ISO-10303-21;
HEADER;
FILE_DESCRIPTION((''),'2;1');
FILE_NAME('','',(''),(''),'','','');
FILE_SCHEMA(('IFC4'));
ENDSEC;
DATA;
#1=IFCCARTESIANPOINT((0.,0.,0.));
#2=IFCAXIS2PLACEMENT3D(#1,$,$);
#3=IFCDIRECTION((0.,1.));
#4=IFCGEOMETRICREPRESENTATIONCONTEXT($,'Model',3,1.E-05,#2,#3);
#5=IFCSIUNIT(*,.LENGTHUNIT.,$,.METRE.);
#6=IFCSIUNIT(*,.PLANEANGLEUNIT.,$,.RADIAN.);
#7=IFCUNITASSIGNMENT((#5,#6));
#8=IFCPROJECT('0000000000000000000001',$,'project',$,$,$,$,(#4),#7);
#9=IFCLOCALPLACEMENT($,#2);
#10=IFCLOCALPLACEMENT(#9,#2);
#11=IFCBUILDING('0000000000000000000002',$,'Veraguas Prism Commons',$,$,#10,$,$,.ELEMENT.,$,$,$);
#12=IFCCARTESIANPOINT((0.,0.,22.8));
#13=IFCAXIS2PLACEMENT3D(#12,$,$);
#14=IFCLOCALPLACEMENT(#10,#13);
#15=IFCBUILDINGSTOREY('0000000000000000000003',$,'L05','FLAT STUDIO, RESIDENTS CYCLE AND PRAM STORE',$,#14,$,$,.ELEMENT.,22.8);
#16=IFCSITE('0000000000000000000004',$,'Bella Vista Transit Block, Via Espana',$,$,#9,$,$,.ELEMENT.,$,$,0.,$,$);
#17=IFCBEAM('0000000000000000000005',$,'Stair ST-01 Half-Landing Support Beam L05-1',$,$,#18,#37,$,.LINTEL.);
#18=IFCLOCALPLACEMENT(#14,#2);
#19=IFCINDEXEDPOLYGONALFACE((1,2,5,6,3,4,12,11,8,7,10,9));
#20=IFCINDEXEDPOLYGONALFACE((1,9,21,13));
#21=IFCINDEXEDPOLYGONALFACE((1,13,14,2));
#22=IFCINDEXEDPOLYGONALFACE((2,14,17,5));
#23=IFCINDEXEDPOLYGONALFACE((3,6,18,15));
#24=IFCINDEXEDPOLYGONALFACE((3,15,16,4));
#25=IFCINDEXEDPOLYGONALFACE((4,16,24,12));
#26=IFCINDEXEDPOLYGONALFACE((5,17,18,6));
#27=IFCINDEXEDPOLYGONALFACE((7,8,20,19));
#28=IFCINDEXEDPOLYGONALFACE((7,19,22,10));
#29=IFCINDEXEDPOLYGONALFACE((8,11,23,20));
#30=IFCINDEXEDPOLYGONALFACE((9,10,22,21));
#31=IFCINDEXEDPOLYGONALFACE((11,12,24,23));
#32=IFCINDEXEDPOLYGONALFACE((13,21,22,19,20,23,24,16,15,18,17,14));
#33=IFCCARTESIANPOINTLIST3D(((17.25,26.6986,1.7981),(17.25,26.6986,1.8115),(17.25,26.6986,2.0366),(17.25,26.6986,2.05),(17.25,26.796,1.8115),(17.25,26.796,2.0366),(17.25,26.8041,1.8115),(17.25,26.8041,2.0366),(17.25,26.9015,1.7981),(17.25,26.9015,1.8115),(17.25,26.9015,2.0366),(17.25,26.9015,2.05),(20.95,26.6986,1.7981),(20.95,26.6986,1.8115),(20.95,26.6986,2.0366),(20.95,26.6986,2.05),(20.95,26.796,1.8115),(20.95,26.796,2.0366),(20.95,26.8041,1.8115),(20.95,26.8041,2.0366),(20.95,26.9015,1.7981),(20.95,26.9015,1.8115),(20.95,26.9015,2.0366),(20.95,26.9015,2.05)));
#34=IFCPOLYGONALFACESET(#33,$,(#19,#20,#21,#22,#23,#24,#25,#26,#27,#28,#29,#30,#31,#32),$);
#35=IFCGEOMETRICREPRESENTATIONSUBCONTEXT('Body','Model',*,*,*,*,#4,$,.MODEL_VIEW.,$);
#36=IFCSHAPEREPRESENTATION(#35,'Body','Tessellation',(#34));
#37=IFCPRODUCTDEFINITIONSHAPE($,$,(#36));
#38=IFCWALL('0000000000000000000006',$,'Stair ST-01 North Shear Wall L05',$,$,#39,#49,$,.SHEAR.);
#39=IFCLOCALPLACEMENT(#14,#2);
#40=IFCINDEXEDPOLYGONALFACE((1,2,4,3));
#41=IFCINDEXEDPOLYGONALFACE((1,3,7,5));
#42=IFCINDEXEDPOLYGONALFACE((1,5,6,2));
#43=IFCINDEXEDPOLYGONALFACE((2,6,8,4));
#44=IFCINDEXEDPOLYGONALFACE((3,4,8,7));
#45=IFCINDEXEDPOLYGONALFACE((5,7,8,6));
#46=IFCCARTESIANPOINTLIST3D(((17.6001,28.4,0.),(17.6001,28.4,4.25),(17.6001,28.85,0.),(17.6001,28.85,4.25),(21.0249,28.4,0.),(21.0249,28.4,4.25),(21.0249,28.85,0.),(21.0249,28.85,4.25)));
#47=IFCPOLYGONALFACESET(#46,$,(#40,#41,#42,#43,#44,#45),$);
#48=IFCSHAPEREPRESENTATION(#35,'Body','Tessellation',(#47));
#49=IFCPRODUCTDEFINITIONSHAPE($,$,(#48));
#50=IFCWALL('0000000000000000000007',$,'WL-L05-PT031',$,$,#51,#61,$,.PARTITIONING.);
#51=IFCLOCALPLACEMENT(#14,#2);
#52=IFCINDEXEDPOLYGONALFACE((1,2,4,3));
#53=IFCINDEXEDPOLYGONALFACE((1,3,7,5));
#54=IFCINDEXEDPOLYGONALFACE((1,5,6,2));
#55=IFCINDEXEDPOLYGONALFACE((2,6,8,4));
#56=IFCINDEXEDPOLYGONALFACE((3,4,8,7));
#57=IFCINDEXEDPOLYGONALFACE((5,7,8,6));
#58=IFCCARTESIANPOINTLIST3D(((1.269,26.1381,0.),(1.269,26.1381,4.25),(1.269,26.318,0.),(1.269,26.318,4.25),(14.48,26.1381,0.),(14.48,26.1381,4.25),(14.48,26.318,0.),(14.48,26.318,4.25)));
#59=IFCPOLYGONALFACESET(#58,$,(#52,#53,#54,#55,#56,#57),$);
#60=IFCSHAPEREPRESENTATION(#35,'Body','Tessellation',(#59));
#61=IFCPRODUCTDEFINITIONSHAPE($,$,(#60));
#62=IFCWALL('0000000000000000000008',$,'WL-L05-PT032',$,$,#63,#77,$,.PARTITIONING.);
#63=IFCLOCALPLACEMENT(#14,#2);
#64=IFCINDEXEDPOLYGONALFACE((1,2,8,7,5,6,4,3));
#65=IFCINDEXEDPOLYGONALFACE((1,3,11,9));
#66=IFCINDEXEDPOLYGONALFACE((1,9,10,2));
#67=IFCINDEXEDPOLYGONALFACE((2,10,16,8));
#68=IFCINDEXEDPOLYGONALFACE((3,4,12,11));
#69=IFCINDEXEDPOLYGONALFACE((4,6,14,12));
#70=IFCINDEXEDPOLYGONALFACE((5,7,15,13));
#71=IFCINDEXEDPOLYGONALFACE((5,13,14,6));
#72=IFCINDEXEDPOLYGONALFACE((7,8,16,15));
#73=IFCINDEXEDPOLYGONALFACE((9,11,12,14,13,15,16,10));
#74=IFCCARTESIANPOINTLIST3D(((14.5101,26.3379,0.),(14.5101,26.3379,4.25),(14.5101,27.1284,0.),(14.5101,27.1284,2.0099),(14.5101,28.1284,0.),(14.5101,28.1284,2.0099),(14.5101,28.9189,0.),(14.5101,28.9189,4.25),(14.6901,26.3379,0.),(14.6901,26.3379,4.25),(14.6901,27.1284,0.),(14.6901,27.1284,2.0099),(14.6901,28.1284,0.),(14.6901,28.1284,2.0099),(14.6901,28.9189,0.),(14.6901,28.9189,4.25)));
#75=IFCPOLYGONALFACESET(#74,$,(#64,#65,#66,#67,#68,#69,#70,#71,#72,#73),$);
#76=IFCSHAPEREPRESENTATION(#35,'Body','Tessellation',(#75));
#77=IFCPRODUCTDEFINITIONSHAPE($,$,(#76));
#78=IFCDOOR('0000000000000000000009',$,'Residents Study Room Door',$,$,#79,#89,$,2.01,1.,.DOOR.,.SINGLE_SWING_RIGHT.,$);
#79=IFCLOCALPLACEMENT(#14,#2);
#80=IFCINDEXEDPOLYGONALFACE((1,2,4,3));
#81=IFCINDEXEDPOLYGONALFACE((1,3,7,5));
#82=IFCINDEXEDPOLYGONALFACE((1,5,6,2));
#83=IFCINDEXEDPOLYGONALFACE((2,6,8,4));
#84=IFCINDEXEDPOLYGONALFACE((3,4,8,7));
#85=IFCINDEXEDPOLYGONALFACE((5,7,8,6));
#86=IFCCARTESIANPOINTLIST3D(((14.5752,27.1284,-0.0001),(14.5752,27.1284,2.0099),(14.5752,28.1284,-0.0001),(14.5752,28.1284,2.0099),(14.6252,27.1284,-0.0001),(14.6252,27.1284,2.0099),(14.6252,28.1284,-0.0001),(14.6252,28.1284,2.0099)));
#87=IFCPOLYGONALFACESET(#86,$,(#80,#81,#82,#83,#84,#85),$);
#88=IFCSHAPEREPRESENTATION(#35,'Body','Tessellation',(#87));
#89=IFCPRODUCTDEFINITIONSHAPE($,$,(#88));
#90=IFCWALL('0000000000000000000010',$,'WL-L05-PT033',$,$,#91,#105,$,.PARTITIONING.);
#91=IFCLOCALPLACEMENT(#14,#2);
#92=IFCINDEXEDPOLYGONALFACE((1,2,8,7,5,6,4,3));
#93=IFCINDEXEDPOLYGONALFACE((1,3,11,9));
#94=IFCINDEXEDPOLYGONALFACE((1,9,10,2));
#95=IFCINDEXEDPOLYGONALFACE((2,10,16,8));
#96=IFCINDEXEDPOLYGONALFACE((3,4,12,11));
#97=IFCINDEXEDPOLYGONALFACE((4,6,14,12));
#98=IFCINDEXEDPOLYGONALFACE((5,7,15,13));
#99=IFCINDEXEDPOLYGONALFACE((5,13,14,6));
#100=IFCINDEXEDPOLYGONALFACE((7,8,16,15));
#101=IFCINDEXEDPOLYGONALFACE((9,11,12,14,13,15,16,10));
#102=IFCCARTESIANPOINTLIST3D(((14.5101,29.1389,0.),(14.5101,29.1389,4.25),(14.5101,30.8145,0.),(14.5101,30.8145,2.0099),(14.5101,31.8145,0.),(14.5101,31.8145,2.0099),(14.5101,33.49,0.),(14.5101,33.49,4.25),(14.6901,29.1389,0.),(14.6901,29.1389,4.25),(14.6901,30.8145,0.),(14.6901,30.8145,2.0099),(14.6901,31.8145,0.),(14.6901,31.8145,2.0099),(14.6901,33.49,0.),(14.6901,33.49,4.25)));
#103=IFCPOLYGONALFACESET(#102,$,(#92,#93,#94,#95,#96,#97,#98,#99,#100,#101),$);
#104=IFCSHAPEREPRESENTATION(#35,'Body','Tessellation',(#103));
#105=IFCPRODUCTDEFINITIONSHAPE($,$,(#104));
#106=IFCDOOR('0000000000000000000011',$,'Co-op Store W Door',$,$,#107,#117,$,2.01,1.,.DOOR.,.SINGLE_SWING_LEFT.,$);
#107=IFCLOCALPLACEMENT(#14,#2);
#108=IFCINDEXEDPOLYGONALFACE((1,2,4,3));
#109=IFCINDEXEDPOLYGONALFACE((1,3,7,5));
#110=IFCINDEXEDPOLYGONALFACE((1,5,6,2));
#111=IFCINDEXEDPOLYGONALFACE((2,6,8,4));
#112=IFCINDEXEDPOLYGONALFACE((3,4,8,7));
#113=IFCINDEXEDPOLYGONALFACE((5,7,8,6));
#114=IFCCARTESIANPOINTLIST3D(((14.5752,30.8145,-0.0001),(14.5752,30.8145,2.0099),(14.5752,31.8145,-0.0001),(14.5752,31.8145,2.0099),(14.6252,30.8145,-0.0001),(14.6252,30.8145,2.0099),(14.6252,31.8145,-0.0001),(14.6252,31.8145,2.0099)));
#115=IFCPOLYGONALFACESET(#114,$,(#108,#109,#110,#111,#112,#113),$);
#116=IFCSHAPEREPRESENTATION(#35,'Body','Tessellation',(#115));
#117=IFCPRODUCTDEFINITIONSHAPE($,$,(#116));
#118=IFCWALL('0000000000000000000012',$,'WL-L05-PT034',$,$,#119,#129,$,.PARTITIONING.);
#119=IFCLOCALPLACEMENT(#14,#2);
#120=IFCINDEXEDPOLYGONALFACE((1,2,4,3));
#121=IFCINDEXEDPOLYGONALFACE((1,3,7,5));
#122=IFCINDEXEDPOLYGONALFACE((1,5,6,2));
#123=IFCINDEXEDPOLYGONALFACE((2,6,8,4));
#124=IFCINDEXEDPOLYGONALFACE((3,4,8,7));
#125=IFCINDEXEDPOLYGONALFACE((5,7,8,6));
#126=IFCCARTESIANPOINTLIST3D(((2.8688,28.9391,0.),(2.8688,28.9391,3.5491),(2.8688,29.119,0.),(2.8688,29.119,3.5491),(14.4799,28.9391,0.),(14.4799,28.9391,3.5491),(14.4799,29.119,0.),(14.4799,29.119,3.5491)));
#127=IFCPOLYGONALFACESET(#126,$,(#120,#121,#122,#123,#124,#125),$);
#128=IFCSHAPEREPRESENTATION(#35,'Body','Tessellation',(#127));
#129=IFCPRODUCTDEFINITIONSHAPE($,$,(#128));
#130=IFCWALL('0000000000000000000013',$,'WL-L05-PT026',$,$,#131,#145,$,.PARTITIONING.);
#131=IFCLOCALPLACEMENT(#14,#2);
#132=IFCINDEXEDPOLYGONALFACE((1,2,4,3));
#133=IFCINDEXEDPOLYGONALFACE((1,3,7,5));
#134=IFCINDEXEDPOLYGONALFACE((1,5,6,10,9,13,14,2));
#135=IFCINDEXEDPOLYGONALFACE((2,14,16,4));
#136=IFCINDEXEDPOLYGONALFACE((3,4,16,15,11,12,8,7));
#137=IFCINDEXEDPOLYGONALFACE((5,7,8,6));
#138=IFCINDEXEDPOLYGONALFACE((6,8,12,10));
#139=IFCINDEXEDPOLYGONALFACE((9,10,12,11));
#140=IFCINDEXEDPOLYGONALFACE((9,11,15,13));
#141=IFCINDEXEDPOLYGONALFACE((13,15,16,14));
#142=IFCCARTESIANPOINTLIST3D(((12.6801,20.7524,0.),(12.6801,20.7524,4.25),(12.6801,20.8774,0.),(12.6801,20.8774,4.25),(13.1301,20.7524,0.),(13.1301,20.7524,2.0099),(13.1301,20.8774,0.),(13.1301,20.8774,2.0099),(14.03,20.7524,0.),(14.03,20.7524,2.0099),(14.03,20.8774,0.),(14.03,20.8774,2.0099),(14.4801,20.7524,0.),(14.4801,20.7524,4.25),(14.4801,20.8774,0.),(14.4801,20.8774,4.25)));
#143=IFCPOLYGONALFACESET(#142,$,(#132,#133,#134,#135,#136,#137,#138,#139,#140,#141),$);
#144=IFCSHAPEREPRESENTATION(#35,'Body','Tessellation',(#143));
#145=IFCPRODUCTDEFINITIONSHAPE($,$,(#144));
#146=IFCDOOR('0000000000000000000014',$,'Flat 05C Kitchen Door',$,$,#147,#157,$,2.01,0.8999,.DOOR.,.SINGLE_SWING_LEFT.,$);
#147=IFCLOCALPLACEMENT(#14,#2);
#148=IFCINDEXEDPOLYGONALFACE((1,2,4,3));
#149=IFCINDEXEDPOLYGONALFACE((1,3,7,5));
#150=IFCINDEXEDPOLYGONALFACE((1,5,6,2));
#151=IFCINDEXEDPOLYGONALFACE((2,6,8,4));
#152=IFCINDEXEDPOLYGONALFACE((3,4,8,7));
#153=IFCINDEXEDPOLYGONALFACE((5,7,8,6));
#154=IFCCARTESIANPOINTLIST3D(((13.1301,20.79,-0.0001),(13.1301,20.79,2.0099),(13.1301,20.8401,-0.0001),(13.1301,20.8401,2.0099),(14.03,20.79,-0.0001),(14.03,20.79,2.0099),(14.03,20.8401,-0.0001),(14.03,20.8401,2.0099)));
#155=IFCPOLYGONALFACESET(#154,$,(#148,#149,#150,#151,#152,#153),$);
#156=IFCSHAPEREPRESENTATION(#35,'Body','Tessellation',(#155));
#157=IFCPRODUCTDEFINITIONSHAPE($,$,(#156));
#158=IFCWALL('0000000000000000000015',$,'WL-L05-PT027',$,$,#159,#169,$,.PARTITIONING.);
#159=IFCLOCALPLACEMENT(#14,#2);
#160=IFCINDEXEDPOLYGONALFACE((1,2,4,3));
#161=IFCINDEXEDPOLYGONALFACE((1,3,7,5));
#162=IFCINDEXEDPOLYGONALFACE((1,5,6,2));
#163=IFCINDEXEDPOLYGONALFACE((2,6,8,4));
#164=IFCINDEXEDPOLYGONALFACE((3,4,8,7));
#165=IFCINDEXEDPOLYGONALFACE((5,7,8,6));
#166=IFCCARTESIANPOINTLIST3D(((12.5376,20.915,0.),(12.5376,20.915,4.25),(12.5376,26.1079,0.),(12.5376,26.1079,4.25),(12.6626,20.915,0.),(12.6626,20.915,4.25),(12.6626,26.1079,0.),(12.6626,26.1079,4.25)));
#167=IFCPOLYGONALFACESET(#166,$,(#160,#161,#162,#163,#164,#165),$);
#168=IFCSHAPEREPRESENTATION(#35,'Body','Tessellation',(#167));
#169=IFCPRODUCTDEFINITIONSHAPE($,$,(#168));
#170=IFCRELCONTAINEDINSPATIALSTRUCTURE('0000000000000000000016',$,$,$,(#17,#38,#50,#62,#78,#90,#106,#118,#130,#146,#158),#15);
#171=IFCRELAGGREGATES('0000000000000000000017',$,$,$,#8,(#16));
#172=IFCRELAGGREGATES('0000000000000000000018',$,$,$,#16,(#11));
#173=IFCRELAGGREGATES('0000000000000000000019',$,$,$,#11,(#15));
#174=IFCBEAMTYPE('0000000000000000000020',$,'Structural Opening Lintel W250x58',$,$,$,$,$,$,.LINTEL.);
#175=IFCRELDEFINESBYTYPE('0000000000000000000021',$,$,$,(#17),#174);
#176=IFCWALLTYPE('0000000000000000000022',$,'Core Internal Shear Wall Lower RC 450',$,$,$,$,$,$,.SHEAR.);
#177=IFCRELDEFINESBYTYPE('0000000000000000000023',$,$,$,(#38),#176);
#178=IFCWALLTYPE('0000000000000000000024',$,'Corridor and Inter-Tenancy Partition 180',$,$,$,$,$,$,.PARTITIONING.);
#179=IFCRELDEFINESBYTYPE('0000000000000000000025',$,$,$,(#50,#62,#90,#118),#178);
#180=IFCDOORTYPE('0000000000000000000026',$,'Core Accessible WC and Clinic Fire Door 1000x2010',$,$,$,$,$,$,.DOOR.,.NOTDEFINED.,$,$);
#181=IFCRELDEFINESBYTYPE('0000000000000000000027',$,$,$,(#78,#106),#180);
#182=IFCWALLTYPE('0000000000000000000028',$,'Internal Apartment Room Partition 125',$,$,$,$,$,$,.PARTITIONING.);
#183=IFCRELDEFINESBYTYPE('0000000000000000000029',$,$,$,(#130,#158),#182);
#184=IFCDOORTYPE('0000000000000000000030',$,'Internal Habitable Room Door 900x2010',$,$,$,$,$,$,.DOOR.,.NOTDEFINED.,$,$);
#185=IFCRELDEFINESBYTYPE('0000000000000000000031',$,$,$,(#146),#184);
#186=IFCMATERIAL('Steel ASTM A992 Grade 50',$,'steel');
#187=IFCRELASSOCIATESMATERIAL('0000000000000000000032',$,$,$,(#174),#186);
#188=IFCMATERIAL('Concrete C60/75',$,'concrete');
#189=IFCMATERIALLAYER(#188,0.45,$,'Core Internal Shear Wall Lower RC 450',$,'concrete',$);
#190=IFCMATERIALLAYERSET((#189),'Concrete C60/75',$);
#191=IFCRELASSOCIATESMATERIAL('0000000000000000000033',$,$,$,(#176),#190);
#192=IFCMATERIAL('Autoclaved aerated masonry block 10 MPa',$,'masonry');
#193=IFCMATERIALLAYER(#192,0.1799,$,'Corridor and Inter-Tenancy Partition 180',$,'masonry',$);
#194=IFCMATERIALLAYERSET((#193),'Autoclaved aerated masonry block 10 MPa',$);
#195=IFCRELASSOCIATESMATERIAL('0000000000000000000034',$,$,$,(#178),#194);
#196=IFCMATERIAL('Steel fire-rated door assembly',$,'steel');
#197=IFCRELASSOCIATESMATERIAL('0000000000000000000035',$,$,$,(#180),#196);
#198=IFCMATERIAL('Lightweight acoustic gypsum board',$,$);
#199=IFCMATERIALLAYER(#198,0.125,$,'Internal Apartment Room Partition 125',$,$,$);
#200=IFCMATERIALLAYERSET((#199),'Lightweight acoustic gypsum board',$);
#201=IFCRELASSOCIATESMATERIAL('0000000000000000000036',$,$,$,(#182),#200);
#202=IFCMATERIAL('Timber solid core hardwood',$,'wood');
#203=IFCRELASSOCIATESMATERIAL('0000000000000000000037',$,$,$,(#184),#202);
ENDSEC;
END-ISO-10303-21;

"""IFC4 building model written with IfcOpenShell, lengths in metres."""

from ifc_helpers import new_model, si_unit, direction, frame, frame_2d, origin, origin_2d, place, context, subcontext, project, spatial, rectangle, i_section, extrude, source, transform, mapped, material, layer, layer_set, material_profile, profile_set, type_object, element, fill, save


model = new_model("IFC4")

# Units and contexts
model_context = context("Model", 3, precision=1e-05, world=origin(), true_north=direction((0.0, 1.0)))
body_context = subcontext(model_context, "Body", "Model", "MODEL_VIEW")
ifc_project = project(units=[si_unit("LENGTHUNIT", "METRE"), si_unit("PLANEANGLEUNIT", "RADIAN")], contexts=[model_context])

# Site, building, storey
site_placement = place(None, origin())
site = spatial("IfcSite", under=ifc_project, at=site_placement, Name="Bella Vista Transit Block, Via Espana", CompositionType="ELEMENT", RefElevation=0.0)
building_placement = place(site_placement, origin())
building = spatial("IfcBuilding", under=site, at=building_placement, Name="Veraguas Prism Commons", CompositionType="ELEMENT")
storey_placement = place(building_placement, frame((0.0, 0.0, 22.8)))
storey = spatial("IfcBuildingStorey", under=building, at=storey_placement, Name="L05", Description="FLAT STUDIO, RESIDENTS CYCLE AND PRAM STORE", CompositionType="ELEMENT", Elevation=22.8)

# Beam
ifc_material_1 = material(Name="Steel ASTM A992 Grade 50", Category="steel")
ifc_material_profile = material_profile(ifc_material_1, i_section(OverallWidth=0.2029, OverallDepth=0.252, WebThickness=0.0081, FlangeThickness=0.0134, at=origin_2d()), Name="W250X58")
ifc_profile_set = profile_set([ifc_material_profile], Name="Steel ASTM A992 Grade 50")
beam_type = type_object("IfcBeamType", Name="Structural Opening Lintel W250x58", PredefinedType="LINTEL", material=ifc_profile_set)
beam_placement = place(storey_placement, frame((17.25, 26.8, 1.9241), z_axis=(1.0, 0.0, 0.0), x_axis=(0.0, 1.0, 0.0)))
element("IfcBeam", 1, at=beam_placement, inside=storey, type_object=beam_type, Name="Stair ST-01 Half-Landing Support Beam L05-1", PredefinedType="LINTEL", context=body_context, shape_type="SweptSolid", body=[
    extrude(i_section(OverallWidth=0.2029, OverallDepth=0.252, WebThickness=0.0081, FlangeThickness=0.0134, at=origin_2d()), origin(), (0.0, 0.0, 1.0), 3.7),
])

# Walls
ifc_material_2 = material(Name="Concrete C60/75", Category="concrete")
ifc_layer_1 = layer(ifc_material_2, 0.45, Name="Core Internal Shear Wall Lower RC 450", Category="concrete")
ifc_layer_set_1 = layer_set([ifc_layer_1], Name="Concrete C60/75")
wall_type_1 = type_object("IfcWallType", Name="Core Internal Shear Wall Lower RC 450", PredefinedType="SHEAR", material=ifc_layer_set_1)
wall_1_placement = place(storey_placement, frame((17.6001, 28.625, 0.0), z_axis=(0.0, 0.0, 1.0), x_axis=(1.0, 0.0, 0.0)))
element("IfcWall", 2, at=wall_1_placement, inside=storey, type_object=wall_type_1, Name="Stair ST-01 North Shear Wall L05", PredefinedType="SHEAR", context=body_context, shape_type="SweptSolid", body=[
    extrude(rectangle(XDim=3.4248, YDim=0.45, at=frame_2d((1.7124, 0.0))), origin(), (0.0, 0.0, 1.0), 4.25),
])
ifc_material_3 = material(Name="Autoclaved aerated masonry block 10 MPa", Category="masonry")
ifc_layer_2 = layer(ifc_material_3, 0.1799, Name="Corridor and Inter-Tenancy Partition 180", Category="masonry")
ifc_layer_set_2 = layer_set([ifc_layer_2], Name="Autoclaved aerated masonry block 10 MPa")
wall_type_2 = type_object("IfcWallType", Name="Corridor and Inter-Tenancy Partition 180", PredefinedType="PARTITIONING", material=ifc_layer_set_2)
wall_2_placement = place(storey_placement, frame((14.48, 26.228, 0.0), z_axis=(0.0, 0.0, 1.0), x_axis=(-1.0, 0.0, 0.0)))
element("IfcWall", 3, at=wall_2_placement, inside=storey, type_object=wall_type_2, Name="WL-L05-PT031", PredefinedType="PARTITIONING", context=body_context, shape_type="SweptSolid", body=[
    extrude(rectangle(XDim=13.2109, YDim=0.1799, at=frame_2d((6.6055, 0.0))), origin(), (0.0, 0.0, 1.0), 4.25),
])

# Walls, openings, doors
wall_3_placement = place(storey_placement, frame((14.6001, 26.3379, 0.0), z_axis=(0.0, 0.0, 1.0), x_axis=(0.0, 1.0, 0.0)))
wall_3 = element("IfcWall", 4, at=wall_3_placement, inside=storey, type_object=wall_type_2, Name="WL-L05-PT032", PredefinedType="PARTITIONING", context=body_context, shape_type="SweptSolid", body=[
    extrude(rectangle(XDim=2.5811, YDim=0.1799, at=frame_2d((1.2905, 0.0))), origin(), (0.0, 0.0, 1.0), 4.25),
])
opening_1_placement = place(wall_3_placement, frame((0.7905, 0.0, 0.0)))
opening_1 = element("IfcOpeningElement", 5, at=opening_1_placement, cuts=wall_3, PredefinedType="OPENING", context=body_context, shape_type="SweptSolid", body=[
    extrude(rectangle(XDim=1.0, YDim=2.01, at=frame_2d((0.5, 1.0049))), frame((0.0, 0.0999, 0.0), z_axis=(0.0, -1.0, 0.0), x_axis=(1.0, 0.0, 0.0)), (0.0, 0.0, 1.0), 0.2),
])
ifc_material_4 = material(Name="Steel fire-rated door assembly", Category="steel")
door_type_1 = type_object("IfcDoorType", Name="Core Accessible WC and Clinic Fire Door 1000x2010", OperationType="NOTDEFINED", PredefinedType="DOOR", material=ifc_material_4)
shared_shape_1 = source(origin(), body_context, "Body", "SweptSolid", [
    extrude(rectangle(XDim=1.0, YDim=2.01, at=frame_2d((0.5, 1.0049))), frame((0.0, 0.0249, 0.0), z_axis=(0.0, -1.0, 0.0), x_axis=(1.0, 0.0, 0.0)), (0.0, 0.0, 1.0), 0.05),
])
door_1_placement = place(opening_1_placement, origin())
door_1 = element("IfcDoor", 6, at=door_1_placement, inside=storey, type_object=door_type_1, Name="Residents Study Room Door", OperationType="SINGLE_SWING_RIGHT", OverallHeight=2.01, OverallWidth=1.0, PredefinedType="DOOR", context=body_context, shape_type="MappedRepresentation", body=[
    mapped(shared_shape_1, transform((0.0, 0.0, 0.0), scale=1.0)),
])
fill(opening_1, door_1)
wall_4_placement = place(storey_placement, frame((14.6001, 29.1389, 0.0), z_axis=(0.0, 0.0, 1.0), x_axis=(0.0, 1.0, 0.0)))
wall_4 = element("IfcWall", 7, at=wall_4_placement, inside=storey, type_object=wall_type_2, Name="WL-L05-PT033", PredefinedType="PARTITIONING", context=body_context, shape_type="SweptSolid", body=[
    extrude(rectangle(XDim=4.3511, YDim=0.1799, at=frame_2d((2.1755, 0.0))), origin(), (0.0, 0.0, 1.0), 4.25),
])
opening_2_placement = place(wall_4_placement, frame((1.6755, 0.0, 0.0)))
opening_2 = element("IfcOpeningElement", 8, at=opening_2_placement, cuts=wall_4, PredefinedType="OPENING", context=body_context, shape_type="SweptSolid", body=[
    extrude(rectangle(XDim=1.0, YDim=2.01, at=frame_2d((0.5, 1.0049))), frame((0.0, 0.0999, 0.0), z_axis=(0.0, -1.0, 0.0), x_axis=(1.0, 0.0, 0.0)), (0.0, 0.0, 1.0), 0.2),
])
door_2_placement = place(opening_2_placement, origin())
door_2 = element("IfcDoor", 9, at=door_2_placement, inside=storey, type_object=door_type_1, Name="Co-op Store W Door", OperationType="SINGLE_SWING_LEFT", OverallHeight=2.01, OverallWidth=1.0, PredefinedType="DOOR", context=body_context, shape_type="MappedRepresentation", body=[
    mapped(shared_shape_1, transform((0.0, 0.0, 0.0), scale=1.0)),
])
fill(opening_2, door_2)

# Wall
wall_5_placement = place(storey_placement, frame((14.48, 29.0291, 0.0), z_axis=(0.0, 0.0, 1.0), x_axis=(-1.0, 0.0, 0.0)))
element("IfcWall", 10, at=wall_5_placement, inside=storey, type_object=wall_type_2, Name="WL-L05-PT034", PredefinedType="PARTITIONING", context=body_context, shape_type="SweptSolid", body=[
    extrude(rectangle(XDim=11.6111, YDim=0.1799, at=frame_2d((5.8057, 0.0))), origin(), (0.0, 0.0, 1.0), 3.5491),
])

# Wall, opening, door
ifc_material_5 = material(Name="Lightweight acoustic gypsum board")
ifc_layer_3 = layer(ifc_material_5, 0.125, Name="Internal Apartment Room Partition 125")
ifc_layer_set_3 = layer_set([ifc_layer_3], Name="Lightweight acoustic gypsum board")
wall_type_3 = type_object("IfcWallType", Name="Internal Apartment Room Partition 125", PredefinedType="PARTITIONING", material=ifc_layer_set_3)
wall_6_placement = place(storey_placement, frame((14.48, 20.8149, 0.0), z_axis=(0.0, 0.0, 1.0), x_axis=(-1.0, 0.0, 0.0)))
wall_6 = element("IfcWall", 11, at=wall_6_placement, inside=storey, type_object=wall_type_3, Name="WL-L05-PT026", PredefinedType="PARTITIONING", context=body_context, shape_type="SweptSolid", body=[
    extrude(rectangle(XDim=1.8, YDim=0.125, at=frame_2d((0.8999, 0.0))), origin(), (0.0, 0.0, 1.0), 4.25),
])
opening_3_placement = place(wall_6_placement, frame((0.45, 0.0, 0.0)))
opening_3 = element("IfcOpeningElement", 12, at=opening_3_placement, cuts=wall_6, PredefinedType="OPENING", context=body_context, shape_type="SweptSolid", body=[
    extrude(rectangle(XDim=0.8999, YDim=2.01, at=frame_2d((0.45, 1.0049))), frame((0.0, 0.0725, 0.0), z_axis=(0.0, -1.0, 0.0), x_axis=(1.0, 0.0, 0.0)), (0.0, 0.0, 1.0), 0.145),
])
ifc_material_6 = material(Name="Timber solid core hardwood", Category="wood")
door_type_2 = type_object("IfcDoorType", Name="Internal Habitable Room Door 900x2010", OperationType="NOTDEFINED", PredefinedType="DOOR", material=ifc_material_6)
shared_shape_2 = source(origin(), body_context, "Body", "SweptSolid", [
    extrude(rectangle(XDim=0.8999, YDim=2.01, at=frame_2d((0.45, 1.0049))), frame((0.0, 0.0249, 0.0), z_axis=(0.0, -1.0, 0.0), x_axis=(1.0, 0.0, 0.0)), (0.0, 0.0, 1.0), 0.05),
])
door_3_placement = place(opening_3_placement, origin())
door_3 = element("IfcDoor", 13, at=door_3_placement, inside=storey, type_object=door_type_2, Name="Flat 05C Kitchen Door", OperationType="SINGLE_SWING_LEFT", OverallHeight=2.01, OverallWidth=0.8999, PredefinedType="DOOR", context=body_context, shape_type="MappedRepresentation", body=[
    mapped(shared_shape_2, transform((0.0, 0.0, 0.0), scale=1.0)),
])
fill(opening_3, door_3)

# Wall
wall_7_placement = place(storey_placement, frame((12.6001, 20.915, 0.0), z_axis=(0.0, 0.0, 1.0), x_axis=(0.0, 1.0, 0.0)))
element("IfcWall", 14, at=wall_7_placement, inside=storey, type_object=wall_type_3, Name="WL-L05-PT027", PredefinedType="PARTITIONING", context=body_context, shape_type="SweptSolid", body=[
    extrude(rectangle(XDim=5.1929, YDim=0.125, at=frame_2d((2.5964, 0.0))), origin(), (0.0, 0.0, 1.0), 4.25),
])

save(model, "model.ifc")
